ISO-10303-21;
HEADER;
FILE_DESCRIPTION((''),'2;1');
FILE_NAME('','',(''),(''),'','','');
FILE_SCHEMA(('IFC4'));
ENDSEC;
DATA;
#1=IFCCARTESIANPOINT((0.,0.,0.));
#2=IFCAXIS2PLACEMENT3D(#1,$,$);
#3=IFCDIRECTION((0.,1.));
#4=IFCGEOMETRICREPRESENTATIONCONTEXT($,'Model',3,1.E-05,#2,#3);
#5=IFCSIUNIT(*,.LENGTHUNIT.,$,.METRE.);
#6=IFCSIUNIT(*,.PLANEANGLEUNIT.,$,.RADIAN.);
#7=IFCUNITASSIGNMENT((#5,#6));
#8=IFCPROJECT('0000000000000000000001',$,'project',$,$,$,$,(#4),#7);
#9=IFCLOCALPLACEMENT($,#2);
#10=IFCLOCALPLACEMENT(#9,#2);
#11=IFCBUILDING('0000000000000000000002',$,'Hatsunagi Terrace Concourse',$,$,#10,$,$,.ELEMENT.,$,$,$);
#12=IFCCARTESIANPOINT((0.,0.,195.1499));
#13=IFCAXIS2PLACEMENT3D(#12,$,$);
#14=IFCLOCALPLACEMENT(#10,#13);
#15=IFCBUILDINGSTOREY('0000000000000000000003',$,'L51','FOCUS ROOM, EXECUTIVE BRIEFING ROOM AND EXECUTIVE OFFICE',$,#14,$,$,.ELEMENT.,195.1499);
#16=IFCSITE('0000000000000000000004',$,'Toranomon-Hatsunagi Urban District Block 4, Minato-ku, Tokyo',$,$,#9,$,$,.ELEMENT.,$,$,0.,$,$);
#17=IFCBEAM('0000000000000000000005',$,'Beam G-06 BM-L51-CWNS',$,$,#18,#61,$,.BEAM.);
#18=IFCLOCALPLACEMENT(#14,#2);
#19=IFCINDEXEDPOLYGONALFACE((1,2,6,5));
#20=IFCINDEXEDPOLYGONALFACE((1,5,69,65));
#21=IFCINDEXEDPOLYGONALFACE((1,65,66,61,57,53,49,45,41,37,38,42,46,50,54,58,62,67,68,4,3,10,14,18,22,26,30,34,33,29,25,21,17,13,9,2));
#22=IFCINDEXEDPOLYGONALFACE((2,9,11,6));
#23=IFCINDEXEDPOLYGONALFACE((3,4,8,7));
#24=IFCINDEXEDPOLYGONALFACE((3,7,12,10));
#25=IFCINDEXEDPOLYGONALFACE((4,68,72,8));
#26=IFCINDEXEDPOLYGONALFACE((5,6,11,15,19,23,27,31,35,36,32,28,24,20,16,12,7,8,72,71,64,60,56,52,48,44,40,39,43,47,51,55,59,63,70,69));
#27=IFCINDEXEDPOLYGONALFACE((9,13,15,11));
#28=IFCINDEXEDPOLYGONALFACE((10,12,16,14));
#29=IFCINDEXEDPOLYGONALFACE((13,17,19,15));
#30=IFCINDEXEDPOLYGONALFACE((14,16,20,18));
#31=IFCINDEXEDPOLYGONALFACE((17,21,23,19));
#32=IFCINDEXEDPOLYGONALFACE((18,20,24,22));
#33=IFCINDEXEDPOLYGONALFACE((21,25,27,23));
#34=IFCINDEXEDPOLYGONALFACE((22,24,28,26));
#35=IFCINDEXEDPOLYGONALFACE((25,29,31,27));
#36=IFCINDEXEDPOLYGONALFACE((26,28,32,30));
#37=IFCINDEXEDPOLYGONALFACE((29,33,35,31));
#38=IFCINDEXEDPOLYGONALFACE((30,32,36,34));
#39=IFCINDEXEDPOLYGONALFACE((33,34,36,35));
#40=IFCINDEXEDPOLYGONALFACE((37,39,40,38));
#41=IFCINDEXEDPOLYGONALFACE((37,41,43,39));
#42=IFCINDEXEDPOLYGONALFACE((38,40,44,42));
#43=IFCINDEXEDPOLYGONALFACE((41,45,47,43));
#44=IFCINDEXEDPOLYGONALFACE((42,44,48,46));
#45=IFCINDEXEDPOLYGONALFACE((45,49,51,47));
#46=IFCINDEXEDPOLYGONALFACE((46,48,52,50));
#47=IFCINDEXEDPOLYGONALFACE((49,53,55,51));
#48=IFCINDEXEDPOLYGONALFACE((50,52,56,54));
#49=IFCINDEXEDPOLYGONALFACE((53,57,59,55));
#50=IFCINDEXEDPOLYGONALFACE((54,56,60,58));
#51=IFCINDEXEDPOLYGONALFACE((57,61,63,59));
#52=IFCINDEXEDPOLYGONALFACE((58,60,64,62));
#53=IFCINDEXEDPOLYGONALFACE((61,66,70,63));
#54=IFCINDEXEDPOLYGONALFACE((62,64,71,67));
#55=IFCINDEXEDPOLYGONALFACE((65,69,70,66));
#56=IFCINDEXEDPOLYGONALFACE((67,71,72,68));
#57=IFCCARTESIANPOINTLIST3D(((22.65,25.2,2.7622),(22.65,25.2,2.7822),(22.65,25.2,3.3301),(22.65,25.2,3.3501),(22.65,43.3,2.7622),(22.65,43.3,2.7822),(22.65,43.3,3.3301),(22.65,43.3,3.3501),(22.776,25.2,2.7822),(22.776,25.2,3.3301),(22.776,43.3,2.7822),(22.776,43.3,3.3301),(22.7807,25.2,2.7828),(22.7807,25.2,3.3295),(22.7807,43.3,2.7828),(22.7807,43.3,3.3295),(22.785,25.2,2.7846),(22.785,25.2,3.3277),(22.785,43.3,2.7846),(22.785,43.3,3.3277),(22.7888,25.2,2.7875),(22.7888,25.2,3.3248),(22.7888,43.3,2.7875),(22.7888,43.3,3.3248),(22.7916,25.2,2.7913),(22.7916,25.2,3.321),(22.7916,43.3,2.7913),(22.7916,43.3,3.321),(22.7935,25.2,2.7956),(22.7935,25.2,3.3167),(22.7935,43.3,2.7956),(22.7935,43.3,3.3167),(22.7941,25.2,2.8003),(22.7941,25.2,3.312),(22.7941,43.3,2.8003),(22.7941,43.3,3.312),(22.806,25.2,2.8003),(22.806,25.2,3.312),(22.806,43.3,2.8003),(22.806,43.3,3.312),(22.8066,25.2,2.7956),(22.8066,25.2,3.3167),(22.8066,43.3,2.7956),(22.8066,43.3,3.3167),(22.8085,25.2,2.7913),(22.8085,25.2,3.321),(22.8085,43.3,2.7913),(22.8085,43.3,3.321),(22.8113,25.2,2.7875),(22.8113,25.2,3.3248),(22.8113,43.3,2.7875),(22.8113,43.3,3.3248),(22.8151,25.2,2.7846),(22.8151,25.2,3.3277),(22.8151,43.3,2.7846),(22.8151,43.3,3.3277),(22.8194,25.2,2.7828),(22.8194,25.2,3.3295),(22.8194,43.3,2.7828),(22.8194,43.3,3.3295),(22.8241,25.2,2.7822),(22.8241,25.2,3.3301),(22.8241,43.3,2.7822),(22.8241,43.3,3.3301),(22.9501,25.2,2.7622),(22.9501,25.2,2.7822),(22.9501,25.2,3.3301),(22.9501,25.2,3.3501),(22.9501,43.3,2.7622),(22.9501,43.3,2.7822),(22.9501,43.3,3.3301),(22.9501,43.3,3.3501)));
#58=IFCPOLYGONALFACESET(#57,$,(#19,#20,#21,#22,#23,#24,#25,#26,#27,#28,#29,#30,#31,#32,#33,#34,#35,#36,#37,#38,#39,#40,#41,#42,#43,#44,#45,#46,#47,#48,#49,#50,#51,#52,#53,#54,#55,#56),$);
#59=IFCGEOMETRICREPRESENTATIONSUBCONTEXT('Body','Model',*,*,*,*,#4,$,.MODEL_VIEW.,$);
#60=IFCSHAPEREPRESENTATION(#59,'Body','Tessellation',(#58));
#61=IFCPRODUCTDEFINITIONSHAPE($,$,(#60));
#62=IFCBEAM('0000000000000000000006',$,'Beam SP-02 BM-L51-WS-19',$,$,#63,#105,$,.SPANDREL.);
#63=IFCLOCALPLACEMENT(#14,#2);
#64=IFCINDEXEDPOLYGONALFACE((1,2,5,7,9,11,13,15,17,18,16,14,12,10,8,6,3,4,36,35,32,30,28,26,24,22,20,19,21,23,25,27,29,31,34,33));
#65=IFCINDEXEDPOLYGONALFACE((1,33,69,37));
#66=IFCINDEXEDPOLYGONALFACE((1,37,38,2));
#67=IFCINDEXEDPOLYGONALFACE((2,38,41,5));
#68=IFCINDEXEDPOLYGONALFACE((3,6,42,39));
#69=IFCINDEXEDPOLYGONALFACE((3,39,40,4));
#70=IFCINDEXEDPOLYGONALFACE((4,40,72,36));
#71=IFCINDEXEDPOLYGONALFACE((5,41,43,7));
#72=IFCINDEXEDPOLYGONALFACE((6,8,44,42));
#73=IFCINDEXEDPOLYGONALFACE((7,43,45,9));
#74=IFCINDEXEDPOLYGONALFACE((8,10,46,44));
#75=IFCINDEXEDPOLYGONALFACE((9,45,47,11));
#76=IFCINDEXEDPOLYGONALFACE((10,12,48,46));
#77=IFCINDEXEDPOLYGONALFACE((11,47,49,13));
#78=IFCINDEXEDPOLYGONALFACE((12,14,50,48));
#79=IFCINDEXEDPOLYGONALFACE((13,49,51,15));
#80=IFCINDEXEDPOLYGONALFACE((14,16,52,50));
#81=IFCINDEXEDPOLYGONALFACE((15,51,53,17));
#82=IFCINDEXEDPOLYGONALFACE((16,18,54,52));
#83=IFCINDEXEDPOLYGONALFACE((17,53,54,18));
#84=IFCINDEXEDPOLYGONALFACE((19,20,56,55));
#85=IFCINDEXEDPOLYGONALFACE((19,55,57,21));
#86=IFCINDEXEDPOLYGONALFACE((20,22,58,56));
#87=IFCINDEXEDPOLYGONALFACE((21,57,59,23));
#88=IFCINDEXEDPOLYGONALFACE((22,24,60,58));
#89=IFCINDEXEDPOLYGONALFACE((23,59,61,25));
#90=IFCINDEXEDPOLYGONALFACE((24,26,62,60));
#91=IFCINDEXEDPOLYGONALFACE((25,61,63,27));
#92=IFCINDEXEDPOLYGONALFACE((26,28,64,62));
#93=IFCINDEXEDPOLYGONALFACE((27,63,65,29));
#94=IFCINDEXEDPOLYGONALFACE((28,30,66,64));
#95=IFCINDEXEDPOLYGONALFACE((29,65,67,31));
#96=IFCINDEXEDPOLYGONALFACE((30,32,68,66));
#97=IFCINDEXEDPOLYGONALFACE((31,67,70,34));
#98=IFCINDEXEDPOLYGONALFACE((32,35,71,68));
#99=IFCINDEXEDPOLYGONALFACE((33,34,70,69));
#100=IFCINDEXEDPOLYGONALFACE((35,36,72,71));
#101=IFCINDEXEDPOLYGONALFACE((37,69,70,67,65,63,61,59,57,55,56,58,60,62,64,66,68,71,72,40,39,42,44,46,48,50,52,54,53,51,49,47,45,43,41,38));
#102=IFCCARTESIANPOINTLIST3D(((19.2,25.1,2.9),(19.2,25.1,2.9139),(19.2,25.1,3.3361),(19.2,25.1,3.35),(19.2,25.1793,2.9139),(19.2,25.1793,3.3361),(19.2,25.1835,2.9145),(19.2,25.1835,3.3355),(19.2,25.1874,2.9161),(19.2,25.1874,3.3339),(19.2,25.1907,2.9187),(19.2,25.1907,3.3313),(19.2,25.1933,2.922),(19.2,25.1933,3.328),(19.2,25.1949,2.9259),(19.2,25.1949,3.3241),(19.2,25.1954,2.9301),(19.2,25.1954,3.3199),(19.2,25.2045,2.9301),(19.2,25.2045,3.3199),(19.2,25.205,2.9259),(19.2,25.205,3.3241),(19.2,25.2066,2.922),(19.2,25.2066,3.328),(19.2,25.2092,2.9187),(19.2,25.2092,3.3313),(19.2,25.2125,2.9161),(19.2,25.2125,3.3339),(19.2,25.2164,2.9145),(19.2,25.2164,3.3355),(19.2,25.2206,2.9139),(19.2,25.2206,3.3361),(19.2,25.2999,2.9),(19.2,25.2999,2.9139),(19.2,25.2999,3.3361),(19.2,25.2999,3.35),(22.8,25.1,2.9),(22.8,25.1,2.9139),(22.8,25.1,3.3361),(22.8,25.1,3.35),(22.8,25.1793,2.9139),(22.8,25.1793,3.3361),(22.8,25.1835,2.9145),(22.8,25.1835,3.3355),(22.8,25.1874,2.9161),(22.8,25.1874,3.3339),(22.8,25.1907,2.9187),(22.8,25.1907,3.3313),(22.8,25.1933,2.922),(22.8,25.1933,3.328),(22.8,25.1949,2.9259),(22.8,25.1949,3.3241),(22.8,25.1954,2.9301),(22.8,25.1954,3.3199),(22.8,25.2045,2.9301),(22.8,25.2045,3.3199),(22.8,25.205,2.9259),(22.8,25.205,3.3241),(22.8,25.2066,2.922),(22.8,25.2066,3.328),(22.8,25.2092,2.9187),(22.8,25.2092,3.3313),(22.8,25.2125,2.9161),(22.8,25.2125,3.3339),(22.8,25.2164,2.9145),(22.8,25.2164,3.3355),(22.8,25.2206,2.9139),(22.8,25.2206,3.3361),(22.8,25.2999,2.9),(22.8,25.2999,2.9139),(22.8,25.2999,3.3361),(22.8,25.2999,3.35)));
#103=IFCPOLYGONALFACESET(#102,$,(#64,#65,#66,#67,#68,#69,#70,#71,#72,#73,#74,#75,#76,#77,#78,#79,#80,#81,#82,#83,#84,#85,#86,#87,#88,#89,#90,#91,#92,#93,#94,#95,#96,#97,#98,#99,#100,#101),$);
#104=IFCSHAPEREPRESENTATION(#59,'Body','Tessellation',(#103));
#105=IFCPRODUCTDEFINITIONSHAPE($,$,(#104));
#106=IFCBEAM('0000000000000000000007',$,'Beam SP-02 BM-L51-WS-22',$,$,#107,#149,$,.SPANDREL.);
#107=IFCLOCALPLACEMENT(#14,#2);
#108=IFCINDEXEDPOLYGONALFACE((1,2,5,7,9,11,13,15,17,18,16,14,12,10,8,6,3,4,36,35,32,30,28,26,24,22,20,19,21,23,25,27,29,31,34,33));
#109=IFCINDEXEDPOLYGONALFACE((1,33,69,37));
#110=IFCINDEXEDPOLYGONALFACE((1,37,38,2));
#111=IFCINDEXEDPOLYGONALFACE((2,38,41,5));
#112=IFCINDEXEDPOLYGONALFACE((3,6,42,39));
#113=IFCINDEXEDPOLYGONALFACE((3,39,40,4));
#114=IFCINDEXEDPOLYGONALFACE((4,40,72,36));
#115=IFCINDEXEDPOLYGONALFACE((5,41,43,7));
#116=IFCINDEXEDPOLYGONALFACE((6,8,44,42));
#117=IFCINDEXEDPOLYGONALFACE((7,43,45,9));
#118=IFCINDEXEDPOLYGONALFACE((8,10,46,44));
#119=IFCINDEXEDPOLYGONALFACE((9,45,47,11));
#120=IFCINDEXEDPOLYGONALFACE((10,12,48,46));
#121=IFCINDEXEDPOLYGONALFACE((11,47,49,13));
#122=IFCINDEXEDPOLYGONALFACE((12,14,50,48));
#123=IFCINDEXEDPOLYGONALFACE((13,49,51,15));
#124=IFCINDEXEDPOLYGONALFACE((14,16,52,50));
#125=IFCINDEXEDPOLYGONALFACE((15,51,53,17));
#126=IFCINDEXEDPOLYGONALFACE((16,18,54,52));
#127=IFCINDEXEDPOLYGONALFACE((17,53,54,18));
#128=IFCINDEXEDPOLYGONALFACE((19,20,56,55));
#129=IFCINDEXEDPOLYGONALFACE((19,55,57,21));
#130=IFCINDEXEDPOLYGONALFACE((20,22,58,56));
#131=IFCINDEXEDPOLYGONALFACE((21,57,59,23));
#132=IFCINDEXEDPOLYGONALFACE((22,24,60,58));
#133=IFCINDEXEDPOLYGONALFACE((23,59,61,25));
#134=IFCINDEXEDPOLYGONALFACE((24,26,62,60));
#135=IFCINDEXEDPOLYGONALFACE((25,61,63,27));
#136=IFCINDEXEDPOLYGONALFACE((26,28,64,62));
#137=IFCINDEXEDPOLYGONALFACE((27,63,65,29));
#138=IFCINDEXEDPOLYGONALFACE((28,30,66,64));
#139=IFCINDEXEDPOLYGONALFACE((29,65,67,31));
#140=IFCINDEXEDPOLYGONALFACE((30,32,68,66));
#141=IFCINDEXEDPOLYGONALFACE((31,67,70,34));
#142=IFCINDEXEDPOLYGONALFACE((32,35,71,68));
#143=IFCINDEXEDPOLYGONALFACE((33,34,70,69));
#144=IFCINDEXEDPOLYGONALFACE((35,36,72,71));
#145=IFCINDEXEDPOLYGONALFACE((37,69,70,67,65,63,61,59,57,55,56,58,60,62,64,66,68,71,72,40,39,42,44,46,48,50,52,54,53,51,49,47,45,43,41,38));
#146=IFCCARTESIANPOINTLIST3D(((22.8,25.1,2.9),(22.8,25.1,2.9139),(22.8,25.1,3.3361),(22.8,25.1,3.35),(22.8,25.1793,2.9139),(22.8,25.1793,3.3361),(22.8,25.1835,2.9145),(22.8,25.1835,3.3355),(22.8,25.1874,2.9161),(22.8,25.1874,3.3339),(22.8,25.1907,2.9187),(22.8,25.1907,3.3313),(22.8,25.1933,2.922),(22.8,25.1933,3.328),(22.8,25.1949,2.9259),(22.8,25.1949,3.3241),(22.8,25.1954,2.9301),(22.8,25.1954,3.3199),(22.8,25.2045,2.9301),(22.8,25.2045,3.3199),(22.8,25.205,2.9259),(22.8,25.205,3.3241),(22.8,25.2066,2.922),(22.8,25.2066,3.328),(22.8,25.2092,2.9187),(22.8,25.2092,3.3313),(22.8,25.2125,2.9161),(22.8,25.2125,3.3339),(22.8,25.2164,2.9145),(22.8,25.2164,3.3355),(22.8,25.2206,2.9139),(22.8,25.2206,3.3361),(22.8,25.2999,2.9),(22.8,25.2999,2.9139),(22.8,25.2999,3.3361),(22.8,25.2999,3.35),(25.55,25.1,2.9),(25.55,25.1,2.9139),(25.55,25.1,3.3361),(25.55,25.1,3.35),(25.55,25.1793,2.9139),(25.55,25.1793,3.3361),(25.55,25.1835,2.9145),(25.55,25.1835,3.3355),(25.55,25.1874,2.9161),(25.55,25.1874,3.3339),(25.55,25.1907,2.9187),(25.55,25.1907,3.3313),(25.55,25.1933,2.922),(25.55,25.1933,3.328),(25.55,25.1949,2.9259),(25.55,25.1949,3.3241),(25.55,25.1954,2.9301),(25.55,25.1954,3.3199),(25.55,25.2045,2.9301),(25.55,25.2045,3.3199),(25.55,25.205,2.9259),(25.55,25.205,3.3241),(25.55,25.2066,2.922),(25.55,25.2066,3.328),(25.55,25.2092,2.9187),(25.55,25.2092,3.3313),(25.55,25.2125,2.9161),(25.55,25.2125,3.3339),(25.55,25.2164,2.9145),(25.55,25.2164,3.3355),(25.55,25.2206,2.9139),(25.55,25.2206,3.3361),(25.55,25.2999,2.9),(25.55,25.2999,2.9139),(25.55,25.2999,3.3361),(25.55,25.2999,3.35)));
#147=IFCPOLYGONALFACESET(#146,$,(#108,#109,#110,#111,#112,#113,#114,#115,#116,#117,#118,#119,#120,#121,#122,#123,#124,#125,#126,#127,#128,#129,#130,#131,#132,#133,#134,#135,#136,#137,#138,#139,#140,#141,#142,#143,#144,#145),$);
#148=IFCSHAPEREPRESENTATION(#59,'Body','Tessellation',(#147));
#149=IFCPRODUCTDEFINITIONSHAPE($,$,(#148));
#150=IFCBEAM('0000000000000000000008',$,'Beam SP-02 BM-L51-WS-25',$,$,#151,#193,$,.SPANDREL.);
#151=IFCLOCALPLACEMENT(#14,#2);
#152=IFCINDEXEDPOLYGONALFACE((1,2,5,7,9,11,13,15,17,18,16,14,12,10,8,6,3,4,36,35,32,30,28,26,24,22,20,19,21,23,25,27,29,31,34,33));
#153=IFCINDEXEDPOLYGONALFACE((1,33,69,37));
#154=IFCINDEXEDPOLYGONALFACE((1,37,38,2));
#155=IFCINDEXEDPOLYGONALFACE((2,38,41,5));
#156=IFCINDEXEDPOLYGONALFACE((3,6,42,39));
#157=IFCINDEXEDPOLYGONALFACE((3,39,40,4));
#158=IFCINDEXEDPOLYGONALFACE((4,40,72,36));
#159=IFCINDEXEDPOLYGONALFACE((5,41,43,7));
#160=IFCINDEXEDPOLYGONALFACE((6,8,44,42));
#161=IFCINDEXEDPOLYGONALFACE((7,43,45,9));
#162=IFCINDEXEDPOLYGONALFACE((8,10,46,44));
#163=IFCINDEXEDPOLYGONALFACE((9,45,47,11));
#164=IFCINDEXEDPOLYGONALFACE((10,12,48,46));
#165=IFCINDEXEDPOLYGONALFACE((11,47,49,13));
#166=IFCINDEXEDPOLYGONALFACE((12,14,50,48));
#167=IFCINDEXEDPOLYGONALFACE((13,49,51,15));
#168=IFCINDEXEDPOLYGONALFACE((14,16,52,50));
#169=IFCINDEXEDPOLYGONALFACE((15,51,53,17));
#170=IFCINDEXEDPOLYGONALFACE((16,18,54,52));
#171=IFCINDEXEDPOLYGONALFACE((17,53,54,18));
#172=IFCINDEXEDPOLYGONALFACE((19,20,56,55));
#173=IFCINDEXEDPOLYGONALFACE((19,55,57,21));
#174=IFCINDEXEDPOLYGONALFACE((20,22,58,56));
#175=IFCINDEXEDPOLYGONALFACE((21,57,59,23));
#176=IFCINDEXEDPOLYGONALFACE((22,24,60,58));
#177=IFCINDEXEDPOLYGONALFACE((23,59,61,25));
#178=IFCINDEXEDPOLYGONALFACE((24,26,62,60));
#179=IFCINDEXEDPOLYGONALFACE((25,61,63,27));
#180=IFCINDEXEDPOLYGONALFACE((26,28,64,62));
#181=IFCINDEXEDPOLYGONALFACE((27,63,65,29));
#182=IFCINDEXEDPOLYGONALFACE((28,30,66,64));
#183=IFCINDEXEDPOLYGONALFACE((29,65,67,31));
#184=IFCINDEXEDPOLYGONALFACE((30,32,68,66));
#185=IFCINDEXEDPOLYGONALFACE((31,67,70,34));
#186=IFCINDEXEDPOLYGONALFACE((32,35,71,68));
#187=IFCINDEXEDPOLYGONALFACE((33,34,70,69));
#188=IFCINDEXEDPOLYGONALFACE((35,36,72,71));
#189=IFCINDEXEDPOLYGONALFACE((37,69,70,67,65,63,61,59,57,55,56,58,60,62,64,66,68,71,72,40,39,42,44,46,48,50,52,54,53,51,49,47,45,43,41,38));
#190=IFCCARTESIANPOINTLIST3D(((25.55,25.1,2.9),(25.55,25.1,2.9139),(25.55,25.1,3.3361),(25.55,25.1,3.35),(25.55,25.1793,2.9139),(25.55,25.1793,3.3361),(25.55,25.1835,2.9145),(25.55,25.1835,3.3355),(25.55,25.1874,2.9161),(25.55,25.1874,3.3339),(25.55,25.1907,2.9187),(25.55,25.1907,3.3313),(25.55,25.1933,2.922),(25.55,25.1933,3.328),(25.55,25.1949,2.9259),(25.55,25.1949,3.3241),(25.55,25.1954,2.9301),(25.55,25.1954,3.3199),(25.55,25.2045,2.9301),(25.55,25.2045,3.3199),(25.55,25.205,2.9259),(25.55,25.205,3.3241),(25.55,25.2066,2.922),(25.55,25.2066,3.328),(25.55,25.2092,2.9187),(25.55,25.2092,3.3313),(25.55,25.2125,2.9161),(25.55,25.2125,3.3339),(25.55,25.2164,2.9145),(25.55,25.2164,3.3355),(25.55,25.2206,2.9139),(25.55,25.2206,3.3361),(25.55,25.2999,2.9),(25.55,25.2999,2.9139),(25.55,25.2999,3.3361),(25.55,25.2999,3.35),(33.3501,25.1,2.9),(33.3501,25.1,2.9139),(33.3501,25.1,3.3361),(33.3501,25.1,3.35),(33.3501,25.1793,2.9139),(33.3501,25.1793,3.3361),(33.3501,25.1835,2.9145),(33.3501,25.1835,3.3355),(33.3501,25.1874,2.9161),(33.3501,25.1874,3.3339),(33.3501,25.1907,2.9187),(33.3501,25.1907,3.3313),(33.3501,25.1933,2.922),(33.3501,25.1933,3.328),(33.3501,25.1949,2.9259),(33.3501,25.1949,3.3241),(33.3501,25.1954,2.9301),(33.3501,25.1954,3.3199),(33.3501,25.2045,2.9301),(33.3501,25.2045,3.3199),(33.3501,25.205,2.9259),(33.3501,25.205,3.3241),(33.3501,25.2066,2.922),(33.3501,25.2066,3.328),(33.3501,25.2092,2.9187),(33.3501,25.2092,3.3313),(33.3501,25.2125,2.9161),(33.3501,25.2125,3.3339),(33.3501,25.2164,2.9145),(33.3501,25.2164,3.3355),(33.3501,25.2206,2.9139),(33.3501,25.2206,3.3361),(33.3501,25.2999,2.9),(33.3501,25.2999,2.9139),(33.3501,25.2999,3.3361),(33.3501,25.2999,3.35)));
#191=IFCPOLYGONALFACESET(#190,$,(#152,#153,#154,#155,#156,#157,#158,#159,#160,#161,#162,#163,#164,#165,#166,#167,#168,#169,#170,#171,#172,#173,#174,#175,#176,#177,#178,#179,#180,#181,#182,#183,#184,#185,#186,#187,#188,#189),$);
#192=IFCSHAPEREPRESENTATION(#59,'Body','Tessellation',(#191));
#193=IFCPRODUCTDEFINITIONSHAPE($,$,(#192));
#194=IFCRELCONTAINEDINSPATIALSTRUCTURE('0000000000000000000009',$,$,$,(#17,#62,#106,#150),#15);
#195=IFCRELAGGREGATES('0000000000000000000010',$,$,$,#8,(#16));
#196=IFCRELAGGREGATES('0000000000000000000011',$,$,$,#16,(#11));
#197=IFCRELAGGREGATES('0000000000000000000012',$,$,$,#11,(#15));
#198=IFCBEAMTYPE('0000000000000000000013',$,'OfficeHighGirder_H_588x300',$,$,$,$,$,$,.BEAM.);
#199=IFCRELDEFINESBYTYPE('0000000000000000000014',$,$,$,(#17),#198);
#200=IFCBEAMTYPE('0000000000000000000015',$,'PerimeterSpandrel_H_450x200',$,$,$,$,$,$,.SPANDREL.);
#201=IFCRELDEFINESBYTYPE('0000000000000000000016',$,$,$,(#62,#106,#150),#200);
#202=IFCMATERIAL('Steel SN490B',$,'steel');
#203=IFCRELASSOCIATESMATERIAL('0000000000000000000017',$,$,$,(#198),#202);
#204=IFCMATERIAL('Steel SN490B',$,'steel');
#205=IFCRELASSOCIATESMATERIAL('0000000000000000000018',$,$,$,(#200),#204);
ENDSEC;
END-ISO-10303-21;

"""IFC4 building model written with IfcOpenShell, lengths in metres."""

from ifc_helpers import new_model, si_unit, direction, frame, origin, origin_2d, place, context, subcontext, project, spatial, i_section, extrude, material, material_profile, profile_set, type_object, element, save


model = new_model("IFC4")

# Units and contexts
model_context = context("Model", 3, precision=1e-05, world=origin(), true_north=direction((0.0, 1.0)))
body_context = subcontext(model_context, "Body", "Model", "MODEL_VIEW")
ifc_project = project(units=[si_unit("LENGTHUNIT", "METRE"), si_unit("PLANEANGLEUNIT", "RADIAN")], contexts=[model_context])

# Site, building, storey
site_placement = place(None, origin())
site = spatial("IfcSite", under=ifc_project, at=site_placement, Name="Toranomon-Hatsunagi Urban District Block 4, Minato-ku, Tokyo", CompositionType="ELEMENT", RefElevation=0.0)
building_placement = place(site_placement, origin())
building = spatial("IfcBuilding", under=site, at=building_placement, Name="Hatsunagi Terrace Concourse", CompositionType="ELEMENT")
storey_placement = place(building_placement, frame((0.0, 0.0, 195.1499)))
storey = spatial("IfcBuildingStorey", under=building, at=storey_placement, Name="L51", Description="FOCUS ROOM, EXECUTIVE BRIEFING ROOM AND EXECUTIVE OFFICE", CompositionType="ELEMENT", Elevation=195.1499)

# Beams
ifc_material_1 = material(Name="Steel SN490B", Category="steel")
ifc_material_profile_1 = material_profile(ifc_material_1, i_section(OverallWidth=0.3, OverallDepth=0.5879, WebThickness=0.012, FlangeThickness=0.02, FilletRadius=0.0181, at=origin_2d()), Name="H-588x300x12x20")
ifc_profile_set_1 = profile_set([ifc_material_profile_1], Name="Steel SN490B")
beam_type_1 = type_object("IfcBeamType", Name="OfficeHighGirder_H_588x300", PredefinedType="BEAM", material=ifc_profile_set_1)
beam_1_placement = place(storey_placement, frame((22.8, 25.2, 3.0562), z_axis=(0.0, 1.0, 0.0), x_axis=(-1.0, 0.0, 0.0)))
element("IfcBeam", 1, at=beam_1_placement, inside=storey, type_object=beam_type_1, Name="Beam G-06 BM-L51-CWNS", PredefinedType="BEAM", context=body_context, shape_type="SweptSolid", body=[
    extrude(i_section(OverallWidth=0.3, OverallDepth=0.5879, WebThickness=0.012, FlangeThickness=0.02, FilletRadius=0.0181, at=origin_2d()), origin(), (0.0, 0.0, 1.0), 18.1001),
])
ifc_material_2 = material(Name="Steel SN490B", Category="steel")
ifc_material_profile_2 = material_profile(ifc_material_2, i_section(OverallWidth=0.2, OverallDepth=0.45, WebThickness=0.009, FlangeThickness=0.0139, FilletRadius=0.0161, at=origin_2d()), Name="H-450x200x9x14")
ifc_profile_set_2 = profile_set([ifc_material_profile_2], Name="Steel SN490B")
beam_type_2 = type_object("IfcBeamType", Name="PerimeterSpandrel_H_450x200", PredefinedType="SPANDREL", material=ifc_profile_set_2)
beam_2_placement = place(storey_placement, frame((19.2, 25.2, 3.125), z_axis=(1.0, 0.0, 0.0), x_axis=(0.0, 1.0, 0.0)))
element("IfcBeam", 2, at=beam_2_placement, inside=storey, type_object=beam_type_2, Name="Beam SP-02 BM-L51-WS-19", PredefinedType="SPANDREL", context=body_context, shape_type="SweptSolid", body=[
    extrude(i_section(OverallWidth=0.2, OverallDepth=0.45, WebThickness=0.009, FlangeThickness=0.0139, FilletRadius=0.0161, at=origin_2d()), origin(), (0.0, 0.0, 1.0), 3.6001),
])
beam_3_placement = place(storey_placement, frame((22.8, 25.2, 3.125), z_axis=(1.0, 0.0, 0.0), x_axis=(0.0, 1.0, 0.0)))
element("IfcBeam", 3, at=beam_3_placement, inside=storey, type_object=beam_type_2, Name="Beam SP-02 BM-L51-WS-22", PredefinedType="SPANDREL", context=body_context, shape_type="SweptSolid", body=[
    extrude(i_section(OverallWidth=0.2, OverallDepth=0.45, WebThickness=0.009, FlangeThickness=0.0139, FilletRadius=0.0161, at=origin_2d()), origin(), (0.0, 0.0, 1.0), 2.75),
])
beam_4_placement = place(storey_placement, frame((25.55, 25.2, 3.125), z_axis=(1.0, 0.0, 0.0), x_axis=(0.0, 1.0, 0.0)))
element("IfcBeam", 4, at=beam_4_placement, inside=storey, type_object=beam_type_2, Name="Beam SP-02 BM-L51-WS-25", PredefinedType="SPANDREL", context=body_context, shape_type="SweptSolid", body=[
    extrude(i_section(OverallWidth=0.2, OverallDepth=0.45, WebThickness=0.009, FlangeThickness=0.0139, FilletRadius=0.0161, at=origin_2d()), origin(), (0.0, 0.0, 1.0), 7.8),
])

save(model, "model.ifc")
